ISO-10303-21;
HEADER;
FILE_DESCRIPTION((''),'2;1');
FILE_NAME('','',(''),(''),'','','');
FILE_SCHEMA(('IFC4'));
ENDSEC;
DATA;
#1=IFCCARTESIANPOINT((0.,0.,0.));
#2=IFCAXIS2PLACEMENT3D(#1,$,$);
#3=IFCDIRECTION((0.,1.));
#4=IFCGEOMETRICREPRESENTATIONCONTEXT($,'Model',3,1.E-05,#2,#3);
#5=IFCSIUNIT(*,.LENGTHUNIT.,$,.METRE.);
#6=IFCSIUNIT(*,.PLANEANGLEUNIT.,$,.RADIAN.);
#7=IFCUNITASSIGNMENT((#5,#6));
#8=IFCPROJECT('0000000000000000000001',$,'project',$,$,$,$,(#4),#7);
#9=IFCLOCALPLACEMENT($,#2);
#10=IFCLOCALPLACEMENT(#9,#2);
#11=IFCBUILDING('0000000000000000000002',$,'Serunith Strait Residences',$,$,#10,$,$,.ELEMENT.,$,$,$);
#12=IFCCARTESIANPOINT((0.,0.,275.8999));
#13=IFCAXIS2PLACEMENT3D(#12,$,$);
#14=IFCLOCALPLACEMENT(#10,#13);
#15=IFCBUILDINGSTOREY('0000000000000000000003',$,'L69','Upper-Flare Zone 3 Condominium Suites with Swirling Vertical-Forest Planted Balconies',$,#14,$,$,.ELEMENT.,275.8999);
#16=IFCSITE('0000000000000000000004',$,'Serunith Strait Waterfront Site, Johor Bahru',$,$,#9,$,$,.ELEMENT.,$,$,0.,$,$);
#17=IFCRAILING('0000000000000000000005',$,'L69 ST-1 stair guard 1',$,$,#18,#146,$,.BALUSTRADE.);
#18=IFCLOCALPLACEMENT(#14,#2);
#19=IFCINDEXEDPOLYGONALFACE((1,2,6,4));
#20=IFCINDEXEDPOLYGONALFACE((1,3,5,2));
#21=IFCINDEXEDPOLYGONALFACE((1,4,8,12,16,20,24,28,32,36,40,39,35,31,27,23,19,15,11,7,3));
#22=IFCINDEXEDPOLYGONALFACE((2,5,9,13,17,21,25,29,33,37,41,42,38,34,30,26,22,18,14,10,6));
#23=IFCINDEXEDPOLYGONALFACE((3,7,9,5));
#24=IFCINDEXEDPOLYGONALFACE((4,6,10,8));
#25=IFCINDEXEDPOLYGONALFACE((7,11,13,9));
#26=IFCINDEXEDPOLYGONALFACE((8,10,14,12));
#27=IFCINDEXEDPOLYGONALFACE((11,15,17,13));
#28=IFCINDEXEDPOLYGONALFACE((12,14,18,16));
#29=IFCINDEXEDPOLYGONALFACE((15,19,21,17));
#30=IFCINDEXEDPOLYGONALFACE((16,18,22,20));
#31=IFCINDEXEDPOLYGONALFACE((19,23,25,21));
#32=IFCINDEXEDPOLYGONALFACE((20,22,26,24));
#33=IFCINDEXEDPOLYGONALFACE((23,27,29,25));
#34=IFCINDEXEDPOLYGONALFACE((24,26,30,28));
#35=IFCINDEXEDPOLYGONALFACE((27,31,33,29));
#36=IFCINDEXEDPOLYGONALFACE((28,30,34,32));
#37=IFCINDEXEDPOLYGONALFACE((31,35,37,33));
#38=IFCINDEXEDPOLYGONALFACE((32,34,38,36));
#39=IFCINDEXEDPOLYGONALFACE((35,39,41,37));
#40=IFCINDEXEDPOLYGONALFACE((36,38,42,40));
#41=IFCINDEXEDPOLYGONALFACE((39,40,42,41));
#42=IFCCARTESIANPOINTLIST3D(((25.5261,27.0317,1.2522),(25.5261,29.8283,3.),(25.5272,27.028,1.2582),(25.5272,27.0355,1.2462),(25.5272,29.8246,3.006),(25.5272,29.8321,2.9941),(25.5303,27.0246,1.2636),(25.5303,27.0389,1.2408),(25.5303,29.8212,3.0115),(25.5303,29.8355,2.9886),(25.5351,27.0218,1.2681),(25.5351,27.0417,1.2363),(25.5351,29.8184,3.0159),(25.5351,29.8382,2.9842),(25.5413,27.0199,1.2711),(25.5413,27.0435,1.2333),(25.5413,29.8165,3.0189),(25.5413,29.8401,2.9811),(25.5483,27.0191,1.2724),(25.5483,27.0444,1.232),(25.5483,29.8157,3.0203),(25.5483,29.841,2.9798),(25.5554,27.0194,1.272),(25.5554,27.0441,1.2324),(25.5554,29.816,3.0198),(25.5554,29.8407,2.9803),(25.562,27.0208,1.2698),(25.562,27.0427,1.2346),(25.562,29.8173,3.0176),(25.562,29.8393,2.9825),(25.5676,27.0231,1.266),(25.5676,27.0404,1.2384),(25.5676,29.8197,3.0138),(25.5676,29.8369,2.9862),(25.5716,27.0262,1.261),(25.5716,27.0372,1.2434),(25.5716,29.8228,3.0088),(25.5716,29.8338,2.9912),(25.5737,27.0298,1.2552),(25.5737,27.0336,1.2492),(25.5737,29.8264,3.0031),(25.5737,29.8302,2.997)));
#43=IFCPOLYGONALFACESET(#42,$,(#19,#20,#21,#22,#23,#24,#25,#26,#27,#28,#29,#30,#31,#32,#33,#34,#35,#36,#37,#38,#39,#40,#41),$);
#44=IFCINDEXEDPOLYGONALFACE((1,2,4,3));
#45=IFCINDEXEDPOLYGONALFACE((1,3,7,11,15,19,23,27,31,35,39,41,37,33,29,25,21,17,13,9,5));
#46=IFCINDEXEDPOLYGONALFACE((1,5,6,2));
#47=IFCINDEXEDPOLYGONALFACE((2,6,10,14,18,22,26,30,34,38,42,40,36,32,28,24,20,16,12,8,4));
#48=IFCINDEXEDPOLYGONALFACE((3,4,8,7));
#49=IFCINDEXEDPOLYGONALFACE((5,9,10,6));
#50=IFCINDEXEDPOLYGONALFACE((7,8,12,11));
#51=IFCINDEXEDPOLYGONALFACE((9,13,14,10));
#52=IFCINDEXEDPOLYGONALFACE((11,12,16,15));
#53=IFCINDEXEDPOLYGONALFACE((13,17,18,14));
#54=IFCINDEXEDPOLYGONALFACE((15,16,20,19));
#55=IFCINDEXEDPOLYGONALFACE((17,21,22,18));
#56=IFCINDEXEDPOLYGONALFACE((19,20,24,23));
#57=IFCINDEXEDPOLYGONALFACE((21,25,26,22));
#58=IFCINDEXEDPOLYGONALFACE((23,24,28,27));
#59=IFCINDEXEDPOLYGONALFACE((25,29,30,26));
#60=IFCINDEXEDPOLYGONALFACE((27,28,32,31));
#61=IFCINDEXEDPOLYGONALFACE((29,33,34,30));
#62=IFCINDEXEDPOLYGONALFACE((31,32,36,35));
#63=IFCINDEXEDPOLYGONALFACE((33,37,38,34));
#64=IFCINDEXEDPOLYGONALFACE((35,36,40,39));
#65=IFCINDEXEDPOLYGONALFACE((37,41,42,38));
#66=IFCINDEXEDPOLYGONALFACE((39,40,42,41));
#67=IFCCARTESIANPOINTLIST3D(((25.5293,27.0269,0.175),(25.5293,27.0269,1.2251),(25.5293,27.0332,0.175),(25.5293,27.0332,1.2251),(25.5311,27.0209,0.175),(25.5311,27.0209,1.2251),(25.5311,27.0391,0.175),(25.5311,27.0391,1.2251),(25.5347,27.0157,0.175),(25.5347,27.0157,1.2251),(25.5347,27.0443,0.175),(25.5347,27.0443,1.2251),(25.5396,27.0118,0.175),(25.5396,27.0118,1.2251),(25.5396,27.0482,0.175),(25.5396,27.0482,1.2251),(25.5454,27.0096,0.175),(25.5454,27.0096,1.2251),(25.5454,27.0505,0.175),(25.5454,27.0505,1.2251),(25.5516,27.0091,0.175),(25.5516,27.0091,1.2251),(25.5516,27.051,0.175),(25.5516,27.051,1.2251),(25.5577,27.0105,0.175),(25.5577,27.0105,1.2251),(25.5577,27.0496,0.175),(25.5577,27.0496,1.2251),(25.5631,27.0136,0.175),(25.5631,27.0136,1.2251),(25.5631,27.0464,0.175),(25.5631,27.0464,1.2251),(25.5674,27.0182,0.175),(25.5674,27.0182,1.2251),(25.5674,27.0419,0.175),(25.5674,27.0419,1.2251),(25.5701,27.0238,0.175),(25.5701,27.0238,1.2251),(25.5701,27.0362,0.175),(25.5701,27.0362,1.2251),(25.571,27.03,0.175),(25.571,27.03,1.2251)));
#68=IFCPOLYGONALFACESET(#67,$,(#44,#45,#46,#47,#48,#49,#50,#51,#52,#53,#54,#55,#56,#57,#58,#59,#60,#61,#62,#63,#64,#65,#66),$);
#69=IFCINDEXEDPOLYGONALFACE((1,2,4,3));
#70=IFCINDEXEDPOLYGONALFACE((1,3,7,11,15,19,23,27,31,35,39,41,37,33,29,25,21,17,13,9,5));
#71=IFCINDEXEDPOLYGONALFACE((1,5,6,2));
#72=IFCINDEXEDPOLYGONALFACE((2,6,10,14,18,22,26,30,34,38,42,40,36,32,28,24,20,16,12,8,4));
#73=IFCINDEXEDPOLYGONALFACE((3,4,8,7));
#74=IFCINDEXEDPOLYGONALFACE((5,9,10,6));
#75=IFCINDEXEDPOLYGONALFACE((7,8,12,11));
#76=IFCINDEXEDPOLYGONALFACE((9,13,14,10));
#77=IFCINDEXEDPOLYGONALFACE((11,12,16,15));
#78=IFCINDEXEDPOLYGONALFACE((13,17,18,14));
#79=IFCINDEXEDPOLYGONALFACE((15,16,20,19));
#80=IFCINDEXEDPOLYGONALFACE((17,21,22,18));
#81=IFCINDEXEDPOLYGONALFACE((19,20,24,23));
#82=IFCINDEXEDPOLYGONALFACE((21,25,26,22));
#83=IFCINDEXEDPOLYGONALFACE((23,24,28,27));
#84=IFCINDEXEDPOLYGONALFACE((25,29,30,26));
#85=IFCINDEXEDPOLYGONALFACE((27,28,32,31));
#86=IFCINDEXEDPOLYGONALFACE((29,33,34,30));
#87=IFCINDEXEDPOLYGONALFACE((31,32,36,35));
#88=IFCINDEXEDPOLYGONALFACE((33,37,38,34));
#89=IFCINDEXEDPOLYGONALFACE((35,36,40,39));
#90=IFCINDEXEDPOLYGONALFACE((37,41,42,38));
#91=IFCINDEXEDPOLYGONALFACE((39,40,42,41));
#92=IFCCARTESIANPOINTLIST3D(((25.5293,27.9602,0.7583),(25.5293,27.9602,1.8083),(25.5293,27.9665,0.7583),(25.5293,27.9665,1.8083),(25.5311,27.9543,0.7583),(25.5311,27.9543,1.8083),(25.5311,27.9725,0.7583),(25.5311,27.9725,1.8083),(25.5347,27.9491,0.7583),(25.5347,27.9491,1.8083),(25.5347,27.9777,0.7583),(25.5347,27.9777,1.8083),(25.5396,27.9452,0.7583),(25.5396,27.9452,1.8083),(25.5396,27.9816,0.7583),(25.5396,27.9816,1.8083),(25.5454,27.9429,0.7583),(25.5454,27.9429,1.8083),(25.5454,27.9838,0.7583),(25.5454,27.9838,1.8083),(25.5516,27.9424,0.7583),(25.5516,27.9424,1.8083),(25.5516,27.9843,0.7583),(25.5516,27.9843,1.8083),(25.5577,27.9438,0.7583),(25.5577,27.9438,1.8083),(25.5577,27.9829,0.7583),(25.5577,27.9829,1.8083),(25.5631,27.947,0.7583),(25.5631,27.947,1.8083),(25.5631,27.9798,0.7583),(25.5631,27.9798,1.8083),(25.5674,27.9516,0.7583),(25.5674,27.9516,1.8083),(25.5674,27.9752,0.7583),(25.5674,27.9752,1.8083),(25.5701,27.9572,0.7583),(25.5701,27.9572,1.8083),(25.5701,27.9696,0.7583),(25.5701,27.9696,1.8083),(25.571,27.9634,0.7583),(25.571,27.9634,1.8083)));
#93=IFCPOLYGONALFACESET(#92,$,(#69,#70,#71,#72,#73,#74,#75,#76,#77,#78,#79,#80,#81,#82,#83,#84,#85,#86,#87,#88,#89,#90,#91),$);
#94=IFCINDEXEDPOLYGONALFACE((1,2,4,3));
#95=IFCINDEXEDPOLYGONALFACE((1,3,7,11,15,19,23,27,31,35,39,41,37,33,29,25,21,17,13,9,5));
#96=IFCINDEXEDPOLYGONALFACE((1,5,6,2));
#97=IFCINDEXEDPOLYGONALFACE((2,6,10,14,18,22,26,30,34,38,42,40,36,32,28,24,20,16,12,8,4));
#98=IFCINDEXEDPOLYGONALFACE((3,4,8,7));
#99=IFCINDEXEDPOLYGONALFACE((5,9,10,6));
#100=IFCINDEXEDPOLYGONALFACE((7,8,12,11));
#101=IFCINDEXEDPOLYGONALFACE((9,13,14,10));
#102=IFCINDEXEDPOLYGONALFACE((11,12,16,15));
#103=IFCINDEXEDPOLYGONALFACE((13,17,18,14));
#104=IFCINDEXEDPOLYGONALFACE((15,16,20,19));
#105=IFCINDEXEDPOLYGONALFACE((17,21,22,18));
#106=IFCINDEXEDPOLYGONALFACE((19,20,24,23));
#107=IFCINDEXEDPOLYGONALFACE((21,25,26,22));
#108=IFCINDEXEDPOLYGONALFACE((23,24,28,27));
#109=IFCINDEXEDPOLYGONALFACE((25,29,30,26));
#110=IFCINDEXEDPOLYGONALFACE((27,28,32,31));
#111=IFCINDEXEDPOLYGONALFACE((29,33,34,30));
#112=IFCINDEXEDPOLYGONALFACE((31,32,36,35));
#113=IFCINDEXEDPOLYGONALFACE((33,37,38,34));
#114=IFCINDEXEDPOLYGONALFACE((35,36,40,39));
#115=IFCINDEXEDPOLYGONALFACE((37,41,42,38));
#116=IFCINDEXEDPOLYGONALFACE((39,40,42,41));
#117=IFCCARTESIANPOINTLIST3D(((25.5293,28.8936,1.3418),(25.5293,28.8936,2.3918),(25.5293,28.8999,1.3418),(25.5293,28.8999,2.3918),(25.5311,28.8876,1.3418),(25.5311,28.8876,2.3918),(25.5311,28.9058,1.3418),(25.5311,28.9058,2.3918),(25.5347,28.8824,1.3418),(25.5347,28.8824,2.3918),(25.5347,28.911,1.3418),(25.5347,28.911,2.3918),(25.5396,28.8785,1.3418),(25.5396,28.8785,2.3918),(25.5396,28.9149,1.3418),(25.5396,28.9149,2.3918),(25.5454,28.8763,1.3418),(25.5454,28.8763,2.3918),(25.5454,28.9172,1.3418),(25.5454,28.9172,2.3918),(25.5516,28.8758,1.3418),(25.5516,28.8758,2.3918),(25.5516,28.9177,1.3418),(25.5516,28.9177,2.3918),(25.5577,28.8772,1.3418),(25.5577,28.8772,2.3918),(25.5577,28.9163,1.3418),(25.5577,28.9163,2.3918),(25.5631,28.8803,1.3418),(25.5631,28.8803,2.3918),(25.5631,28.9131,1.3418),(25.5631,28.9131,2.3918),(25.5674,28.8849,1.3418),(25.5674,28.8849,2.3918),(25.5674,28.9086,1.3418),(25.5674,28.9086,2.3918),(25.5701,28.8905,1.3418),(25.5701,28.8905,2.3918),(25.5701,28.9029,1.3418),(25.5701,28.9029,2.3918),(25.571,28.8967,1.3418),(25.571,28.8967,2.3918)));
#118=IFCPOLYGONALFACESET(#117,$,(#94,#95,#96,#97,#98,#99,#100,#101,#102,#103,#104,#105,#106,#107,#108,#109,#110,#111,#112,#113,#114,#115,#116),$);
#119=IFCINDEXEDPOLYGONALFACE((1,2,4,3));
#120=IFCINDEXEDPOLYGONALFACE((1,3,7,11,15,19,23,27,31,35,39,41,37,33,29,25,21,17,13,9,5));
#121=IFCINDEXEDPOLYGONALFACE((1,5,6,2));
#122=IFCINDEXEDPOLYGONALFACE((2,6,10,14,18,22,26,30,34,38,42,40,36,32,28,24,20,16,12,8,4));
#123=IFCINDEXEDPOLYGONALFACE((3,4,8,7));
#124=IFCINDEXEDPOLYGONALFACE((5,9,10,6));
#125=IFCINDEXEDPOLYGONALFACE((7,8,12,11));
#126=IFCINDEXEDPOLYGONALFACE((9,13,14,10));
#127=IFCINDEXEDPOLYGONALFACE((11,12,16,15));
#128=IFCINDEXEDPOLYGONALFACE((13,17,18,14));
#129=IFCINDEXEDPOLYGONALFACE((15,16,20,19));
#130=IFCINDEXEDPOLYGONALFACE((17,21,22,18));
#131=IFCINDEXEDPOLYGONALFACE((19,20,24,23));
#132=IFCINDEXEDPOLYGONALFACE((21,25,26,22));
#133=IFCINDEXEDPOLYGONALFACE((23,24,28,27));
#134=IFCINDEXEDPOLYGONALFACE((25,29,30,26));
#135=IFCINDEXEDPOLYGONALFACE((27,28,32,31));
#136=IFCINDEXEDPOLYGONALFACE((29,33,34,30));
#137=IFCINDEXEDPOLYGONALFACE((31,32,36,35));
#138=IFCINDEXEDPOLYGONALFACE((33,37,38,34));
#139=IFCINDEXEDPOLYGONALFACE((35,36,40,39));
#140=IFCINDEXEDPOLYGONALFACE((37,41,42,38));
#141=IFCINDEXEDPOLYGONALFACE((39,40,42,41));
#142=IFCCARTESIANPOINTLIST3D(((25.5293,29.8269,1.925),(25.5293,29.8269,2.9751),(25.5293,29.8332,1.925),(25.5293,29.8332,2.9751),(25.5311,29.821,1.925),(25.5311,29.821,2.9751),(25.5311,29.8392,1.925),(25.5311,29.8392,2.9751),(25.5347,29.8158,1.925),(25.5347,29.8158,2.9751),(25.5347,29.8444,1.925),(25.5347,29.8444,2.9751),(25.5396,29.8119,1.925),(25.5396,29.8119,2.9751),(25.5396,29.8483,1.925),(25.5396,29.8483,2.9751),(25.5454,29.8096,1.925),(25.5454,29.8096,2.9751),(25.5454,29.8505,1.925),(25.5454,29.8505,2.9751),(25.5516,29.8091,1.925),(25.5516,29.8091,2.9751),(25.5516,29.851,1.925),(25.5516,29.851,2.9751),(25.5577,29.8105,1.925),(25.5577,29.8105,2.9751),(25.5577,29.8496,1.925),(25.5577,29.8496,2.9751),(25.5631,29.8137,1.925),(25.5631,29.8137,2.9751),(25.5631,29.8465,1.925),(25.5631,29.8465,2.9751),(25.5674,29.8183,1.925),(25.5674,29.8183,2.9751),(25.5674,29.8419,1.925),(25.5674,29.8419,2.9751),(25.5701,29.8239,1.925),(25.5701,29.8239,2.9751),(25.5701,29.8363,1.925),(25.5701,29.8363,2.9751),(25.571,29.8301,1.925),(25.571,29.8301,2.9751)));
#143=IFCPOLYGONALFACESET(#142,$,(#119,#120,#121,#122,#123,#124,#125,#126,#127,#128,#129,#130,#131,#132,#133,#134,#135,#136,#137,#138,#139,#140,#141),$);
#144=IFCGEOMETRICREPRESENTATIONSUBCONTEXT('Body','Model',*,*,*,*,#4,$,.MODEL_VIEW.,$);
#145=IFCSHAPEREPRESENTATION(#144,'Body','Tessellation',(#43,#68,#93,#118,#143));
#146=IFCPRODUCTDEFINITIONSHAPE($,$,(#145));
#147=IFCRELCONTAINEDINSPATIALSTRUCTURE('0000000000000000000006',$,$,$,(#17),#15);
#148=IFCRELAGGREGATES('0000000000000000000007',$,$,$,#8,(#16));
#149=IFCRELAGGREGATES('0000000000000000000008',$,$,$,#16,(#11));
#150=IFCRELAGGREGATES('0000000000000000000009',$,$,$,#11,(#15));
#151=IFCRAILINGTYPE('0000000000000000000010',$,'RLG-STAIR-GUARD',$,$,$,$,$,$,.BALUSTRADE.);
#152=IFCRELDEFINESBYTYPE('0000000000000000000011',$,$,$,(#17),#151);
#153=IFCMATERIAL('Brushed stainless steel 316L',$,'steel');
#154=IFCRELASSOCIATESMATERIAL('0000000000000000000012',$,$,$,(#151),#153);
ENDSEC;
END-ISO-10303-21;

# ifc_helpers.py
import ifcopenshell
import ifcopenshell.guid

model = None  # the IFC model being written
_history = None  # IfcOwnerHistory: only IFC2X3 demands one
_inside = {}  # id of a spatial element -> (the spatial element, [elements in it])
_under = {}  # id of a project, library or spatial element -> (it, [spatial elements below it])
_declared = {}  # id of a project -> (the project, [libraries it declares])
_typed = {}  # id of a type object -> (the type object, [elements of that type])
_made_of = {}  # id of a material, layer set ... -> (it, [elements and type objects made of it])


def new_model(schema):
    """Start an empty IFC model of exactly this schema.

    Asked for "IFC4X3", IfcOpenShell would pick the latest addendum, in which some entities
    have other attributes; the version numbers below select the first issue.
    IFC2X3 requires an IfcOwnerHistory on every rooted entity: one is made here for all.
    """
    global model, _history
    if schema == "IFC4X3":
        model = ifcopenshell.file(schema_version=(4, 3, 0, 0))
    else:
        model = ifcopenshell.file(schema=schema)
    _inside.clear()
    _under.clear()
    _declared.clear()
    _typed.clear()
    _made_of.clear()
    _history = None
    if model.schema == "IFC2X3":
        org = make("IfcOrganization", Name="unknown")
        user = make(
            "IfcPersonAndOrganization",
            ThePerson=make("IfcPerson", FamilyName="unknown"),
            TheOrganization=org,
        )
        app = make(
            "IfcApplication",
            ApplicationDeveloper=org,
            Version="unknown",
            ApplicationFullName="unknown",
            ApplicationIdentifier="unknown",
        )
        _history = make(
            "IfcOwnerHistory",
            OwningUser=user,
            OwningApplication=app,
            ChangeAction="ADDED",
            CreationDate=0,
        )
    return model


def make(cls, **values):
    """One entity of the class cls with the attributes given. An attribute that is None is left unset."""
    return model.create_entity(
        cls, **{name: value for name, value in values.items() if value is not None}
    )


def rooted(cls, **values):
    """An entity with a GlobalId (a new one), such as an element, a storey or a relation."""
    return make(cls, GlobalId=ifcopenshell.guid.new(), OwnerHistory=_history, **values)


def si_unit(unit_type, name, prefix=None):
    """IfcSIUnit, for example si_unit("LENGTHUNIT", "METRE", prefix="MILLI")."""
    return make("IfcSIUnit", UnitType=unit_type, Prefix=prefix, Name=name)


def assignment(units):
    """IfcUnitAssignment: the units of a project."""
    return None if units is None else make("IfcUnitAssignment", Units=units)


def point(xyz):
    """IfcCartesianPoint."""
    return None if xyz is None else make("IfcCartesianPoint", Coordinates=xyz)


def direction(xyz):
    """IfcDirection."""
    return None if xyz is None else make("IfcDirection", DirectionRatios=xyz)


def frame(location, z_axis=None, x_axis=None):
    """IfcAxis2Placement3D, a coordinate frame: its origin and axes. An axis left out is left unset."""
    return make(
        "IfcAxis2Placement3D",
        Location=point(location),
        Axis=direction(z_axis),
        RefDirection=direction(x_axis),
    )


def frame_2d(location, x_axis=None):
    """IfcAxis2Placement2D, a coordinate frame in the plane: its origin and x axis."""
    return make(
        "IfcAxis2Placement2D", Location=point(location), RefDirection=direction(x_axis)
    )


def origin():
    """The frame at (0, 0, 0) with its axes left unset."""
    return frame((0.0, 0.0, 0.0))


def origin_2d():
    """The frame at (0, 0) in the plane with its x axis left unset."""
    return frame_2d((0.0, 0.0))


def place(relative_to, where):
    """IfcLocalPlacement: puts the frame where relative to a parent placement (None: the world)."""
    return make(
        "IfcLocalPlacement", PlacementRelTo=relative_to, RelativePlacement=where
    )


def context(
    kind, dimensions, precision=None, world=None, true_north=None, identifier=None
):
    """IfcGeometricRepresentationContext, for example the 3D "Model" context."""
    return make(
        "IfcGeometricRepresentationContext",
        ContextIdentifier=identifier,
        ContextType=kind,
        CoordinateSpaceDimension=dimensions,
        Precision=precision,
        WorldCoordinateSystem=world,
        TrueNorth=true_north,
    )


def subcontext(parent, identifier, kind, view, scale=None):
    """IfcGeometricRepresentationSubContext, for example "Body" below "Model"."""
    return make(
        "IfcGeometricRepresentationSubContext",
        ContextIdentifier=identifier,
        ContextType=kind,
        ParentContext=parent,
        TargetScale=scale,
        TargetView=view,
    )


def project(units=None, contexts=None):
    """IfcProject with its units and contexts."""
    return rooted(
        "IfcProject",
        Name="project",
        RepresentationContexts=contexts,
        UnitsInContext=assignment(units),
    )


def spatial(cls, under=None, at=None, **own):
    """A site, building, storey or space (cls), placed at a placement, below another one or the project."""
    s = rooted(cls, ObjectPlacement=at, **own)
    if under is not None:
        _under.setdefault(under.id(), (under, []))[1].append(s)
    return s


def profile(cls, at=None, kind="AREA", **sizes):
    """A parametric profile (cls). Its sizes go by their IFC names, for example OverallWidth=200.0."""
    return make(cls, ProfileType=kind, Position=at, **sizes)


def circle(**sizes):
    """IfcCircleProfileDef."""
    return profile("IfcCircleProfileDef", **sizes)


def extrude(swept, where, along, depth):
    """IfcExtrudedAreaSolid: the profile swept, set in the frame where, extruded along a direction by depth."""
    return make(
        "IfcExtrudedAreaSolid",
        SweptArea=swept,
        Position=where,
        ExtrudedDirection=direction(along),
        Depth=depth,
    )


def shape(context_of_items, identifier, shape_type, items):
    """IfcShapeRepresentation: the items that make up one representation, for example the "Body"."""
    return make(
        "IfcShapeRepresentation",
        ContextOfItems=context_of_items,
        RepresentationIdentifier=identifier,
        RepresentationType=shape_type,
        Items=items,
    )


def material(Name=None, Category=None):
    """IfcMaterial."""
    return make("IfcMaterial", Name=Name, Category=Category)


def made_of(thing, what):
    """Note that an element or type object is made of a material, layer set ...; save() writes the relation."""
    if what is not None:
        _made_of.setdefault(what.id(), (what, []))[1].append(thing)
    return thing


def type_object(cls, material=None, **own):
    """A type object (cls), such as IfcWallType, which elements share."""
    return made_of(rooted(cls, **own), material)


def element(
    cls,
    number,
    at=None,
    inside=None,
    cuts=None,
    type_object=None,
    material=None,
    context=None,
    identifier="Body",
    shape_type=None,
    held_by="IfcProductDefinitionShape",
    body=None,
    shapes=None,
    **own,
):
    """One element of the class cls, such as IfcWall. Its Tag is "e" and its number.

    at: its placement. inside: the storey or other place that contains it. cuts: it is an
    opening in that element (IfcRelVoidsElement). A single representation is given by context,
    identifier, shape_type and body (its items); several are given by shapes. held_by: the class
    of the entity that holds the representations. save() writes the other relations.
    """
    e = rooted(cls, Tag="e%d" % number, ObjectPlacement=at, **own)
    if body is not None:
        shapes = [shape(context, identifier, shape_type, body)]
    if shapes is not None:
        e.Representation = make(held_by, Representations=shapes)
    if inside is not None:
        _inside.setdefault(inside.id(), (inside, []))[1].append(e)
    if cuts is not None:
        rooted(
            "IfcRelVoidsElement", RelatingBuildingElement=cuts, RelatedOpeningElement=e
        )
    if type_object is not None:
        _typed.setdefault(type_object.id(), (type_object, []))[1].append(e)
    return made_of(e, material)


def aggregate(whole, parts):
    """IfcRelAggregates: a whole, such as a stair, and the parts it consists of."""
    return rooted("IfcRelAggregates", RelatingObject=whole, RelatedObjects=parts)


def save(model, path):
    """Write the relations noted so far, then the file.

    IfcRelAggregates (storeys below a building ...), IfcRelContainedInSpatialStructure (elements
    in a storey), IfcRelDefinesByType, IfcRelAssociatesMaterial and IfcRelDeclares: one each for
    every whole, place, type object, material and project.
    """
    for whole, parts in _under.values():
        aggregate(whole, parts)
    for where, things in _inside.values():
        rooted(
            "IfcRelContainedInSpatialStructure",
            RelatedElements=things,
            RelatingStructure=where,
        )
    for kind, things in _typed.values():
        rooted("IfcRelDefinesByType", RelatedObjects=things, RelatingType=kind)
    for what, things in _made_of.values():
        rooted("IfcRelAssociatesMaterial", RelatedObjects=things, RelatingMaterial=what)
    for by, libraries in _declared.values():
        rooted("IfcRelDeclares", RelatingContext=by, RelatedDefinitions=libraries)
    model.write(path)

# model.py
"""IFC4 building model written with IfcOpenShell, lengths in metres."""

from ifc_helpers import new_model, si_unit, direction, frame, origin, origin_2d, place, context, subcontext, project, spatial, circle, extrude, material, type_object, element, save


model = new_model("IFC4")

# Units and contexts
model_context = context("Model", 3, precision=1e-05, world=origin(), true_north=direction((0.0, 1.0)))
body_context = subcontext(model_context, "Body", "Model", "MODEL_VIEW")
ifc_project = project(units=[si_unit("LENGTHUNIT", "METRE"), si_unit("PLANEANGLEUNIT", "RADIAN")], contexts=[model_context])

# Site, building, storey
site_placement = place(None, origin())
site = spatial("IfcSite", under=ifc_project, at=site_placement, Name="Serunith Strait Waterfront Site, Johor Bahru", CompositionType="ELEMENT", RefElevation=0.0)
building_placement = place(site_placement, origin())
building = spatial("IfcBuilding", under=site, at=building_placement, Name="Serunith Strait Residences", CompositionType="ELEMENT")
storey_placement = place(building_placement, frame((0.0, 0.0, 275.8999)))
storey = spatial("IfcBuildingStorey", under=building, at=storey_placement, Name="L69", Description="Upper-Flare Zone 3 Condominium Suites with Swirling Vertical-Forest Planted Balconies", CompositionType="ELEMENT", Elevation=275.8999)

# Railing
ifc_material_1 = material(Name="Brushed stainless steel 316L", Category="steel")
railing_type_1 = type_object("IfcRailingType", Name="RLG-STAIR-GUARD", PredefinedType="BALUSTRADE", material=ifc_material_1)
railing_1_placement = place(storey_placement, frame((25.55, 27.03, 0.175)))
element("IfcRailing", 1, at=railing_1_placement, inside=storey, type_object=railing_type_1, Name="L69 ST-1 stair guard 1", PredefinedType="BALUSTRADE", context=body_context, shape_type="SweptSolid", body=[
    extrude(circle(Radius=0.0239, at=origin_2d()), frame((0.0, 0.0017, 1.0771), z_axis=(0.0, 0.848002, 0.529992), x_axis=(-1.0, 0.0, 0.0)), (0.0, 0.0, 1.0), 3.2979),
    extrude(circle(Radius=0.021, at=origin_2d()), origin(), (0.0, 0.0, 1.0), 1.05),
    extrude(circle(Radius=0.021, at=origin_2d()), frame((0.0, 0.9333, 0.5833)), (0.0, 0.0, 1.0), 1.05),
    extrude(circle(Radius=0.021, at=origin_2d()), frame((0.0, 1.8667, 1.1667)), (0.0, 0.0, 1.0), 1.05),
    extrude(circle(Radius=0.021, at=origin_2d()), frame((0.0, 2.8, 1.75)), (0.0, 0.0, 1.0), 1.05),
])

save(model, "model.ifc")
